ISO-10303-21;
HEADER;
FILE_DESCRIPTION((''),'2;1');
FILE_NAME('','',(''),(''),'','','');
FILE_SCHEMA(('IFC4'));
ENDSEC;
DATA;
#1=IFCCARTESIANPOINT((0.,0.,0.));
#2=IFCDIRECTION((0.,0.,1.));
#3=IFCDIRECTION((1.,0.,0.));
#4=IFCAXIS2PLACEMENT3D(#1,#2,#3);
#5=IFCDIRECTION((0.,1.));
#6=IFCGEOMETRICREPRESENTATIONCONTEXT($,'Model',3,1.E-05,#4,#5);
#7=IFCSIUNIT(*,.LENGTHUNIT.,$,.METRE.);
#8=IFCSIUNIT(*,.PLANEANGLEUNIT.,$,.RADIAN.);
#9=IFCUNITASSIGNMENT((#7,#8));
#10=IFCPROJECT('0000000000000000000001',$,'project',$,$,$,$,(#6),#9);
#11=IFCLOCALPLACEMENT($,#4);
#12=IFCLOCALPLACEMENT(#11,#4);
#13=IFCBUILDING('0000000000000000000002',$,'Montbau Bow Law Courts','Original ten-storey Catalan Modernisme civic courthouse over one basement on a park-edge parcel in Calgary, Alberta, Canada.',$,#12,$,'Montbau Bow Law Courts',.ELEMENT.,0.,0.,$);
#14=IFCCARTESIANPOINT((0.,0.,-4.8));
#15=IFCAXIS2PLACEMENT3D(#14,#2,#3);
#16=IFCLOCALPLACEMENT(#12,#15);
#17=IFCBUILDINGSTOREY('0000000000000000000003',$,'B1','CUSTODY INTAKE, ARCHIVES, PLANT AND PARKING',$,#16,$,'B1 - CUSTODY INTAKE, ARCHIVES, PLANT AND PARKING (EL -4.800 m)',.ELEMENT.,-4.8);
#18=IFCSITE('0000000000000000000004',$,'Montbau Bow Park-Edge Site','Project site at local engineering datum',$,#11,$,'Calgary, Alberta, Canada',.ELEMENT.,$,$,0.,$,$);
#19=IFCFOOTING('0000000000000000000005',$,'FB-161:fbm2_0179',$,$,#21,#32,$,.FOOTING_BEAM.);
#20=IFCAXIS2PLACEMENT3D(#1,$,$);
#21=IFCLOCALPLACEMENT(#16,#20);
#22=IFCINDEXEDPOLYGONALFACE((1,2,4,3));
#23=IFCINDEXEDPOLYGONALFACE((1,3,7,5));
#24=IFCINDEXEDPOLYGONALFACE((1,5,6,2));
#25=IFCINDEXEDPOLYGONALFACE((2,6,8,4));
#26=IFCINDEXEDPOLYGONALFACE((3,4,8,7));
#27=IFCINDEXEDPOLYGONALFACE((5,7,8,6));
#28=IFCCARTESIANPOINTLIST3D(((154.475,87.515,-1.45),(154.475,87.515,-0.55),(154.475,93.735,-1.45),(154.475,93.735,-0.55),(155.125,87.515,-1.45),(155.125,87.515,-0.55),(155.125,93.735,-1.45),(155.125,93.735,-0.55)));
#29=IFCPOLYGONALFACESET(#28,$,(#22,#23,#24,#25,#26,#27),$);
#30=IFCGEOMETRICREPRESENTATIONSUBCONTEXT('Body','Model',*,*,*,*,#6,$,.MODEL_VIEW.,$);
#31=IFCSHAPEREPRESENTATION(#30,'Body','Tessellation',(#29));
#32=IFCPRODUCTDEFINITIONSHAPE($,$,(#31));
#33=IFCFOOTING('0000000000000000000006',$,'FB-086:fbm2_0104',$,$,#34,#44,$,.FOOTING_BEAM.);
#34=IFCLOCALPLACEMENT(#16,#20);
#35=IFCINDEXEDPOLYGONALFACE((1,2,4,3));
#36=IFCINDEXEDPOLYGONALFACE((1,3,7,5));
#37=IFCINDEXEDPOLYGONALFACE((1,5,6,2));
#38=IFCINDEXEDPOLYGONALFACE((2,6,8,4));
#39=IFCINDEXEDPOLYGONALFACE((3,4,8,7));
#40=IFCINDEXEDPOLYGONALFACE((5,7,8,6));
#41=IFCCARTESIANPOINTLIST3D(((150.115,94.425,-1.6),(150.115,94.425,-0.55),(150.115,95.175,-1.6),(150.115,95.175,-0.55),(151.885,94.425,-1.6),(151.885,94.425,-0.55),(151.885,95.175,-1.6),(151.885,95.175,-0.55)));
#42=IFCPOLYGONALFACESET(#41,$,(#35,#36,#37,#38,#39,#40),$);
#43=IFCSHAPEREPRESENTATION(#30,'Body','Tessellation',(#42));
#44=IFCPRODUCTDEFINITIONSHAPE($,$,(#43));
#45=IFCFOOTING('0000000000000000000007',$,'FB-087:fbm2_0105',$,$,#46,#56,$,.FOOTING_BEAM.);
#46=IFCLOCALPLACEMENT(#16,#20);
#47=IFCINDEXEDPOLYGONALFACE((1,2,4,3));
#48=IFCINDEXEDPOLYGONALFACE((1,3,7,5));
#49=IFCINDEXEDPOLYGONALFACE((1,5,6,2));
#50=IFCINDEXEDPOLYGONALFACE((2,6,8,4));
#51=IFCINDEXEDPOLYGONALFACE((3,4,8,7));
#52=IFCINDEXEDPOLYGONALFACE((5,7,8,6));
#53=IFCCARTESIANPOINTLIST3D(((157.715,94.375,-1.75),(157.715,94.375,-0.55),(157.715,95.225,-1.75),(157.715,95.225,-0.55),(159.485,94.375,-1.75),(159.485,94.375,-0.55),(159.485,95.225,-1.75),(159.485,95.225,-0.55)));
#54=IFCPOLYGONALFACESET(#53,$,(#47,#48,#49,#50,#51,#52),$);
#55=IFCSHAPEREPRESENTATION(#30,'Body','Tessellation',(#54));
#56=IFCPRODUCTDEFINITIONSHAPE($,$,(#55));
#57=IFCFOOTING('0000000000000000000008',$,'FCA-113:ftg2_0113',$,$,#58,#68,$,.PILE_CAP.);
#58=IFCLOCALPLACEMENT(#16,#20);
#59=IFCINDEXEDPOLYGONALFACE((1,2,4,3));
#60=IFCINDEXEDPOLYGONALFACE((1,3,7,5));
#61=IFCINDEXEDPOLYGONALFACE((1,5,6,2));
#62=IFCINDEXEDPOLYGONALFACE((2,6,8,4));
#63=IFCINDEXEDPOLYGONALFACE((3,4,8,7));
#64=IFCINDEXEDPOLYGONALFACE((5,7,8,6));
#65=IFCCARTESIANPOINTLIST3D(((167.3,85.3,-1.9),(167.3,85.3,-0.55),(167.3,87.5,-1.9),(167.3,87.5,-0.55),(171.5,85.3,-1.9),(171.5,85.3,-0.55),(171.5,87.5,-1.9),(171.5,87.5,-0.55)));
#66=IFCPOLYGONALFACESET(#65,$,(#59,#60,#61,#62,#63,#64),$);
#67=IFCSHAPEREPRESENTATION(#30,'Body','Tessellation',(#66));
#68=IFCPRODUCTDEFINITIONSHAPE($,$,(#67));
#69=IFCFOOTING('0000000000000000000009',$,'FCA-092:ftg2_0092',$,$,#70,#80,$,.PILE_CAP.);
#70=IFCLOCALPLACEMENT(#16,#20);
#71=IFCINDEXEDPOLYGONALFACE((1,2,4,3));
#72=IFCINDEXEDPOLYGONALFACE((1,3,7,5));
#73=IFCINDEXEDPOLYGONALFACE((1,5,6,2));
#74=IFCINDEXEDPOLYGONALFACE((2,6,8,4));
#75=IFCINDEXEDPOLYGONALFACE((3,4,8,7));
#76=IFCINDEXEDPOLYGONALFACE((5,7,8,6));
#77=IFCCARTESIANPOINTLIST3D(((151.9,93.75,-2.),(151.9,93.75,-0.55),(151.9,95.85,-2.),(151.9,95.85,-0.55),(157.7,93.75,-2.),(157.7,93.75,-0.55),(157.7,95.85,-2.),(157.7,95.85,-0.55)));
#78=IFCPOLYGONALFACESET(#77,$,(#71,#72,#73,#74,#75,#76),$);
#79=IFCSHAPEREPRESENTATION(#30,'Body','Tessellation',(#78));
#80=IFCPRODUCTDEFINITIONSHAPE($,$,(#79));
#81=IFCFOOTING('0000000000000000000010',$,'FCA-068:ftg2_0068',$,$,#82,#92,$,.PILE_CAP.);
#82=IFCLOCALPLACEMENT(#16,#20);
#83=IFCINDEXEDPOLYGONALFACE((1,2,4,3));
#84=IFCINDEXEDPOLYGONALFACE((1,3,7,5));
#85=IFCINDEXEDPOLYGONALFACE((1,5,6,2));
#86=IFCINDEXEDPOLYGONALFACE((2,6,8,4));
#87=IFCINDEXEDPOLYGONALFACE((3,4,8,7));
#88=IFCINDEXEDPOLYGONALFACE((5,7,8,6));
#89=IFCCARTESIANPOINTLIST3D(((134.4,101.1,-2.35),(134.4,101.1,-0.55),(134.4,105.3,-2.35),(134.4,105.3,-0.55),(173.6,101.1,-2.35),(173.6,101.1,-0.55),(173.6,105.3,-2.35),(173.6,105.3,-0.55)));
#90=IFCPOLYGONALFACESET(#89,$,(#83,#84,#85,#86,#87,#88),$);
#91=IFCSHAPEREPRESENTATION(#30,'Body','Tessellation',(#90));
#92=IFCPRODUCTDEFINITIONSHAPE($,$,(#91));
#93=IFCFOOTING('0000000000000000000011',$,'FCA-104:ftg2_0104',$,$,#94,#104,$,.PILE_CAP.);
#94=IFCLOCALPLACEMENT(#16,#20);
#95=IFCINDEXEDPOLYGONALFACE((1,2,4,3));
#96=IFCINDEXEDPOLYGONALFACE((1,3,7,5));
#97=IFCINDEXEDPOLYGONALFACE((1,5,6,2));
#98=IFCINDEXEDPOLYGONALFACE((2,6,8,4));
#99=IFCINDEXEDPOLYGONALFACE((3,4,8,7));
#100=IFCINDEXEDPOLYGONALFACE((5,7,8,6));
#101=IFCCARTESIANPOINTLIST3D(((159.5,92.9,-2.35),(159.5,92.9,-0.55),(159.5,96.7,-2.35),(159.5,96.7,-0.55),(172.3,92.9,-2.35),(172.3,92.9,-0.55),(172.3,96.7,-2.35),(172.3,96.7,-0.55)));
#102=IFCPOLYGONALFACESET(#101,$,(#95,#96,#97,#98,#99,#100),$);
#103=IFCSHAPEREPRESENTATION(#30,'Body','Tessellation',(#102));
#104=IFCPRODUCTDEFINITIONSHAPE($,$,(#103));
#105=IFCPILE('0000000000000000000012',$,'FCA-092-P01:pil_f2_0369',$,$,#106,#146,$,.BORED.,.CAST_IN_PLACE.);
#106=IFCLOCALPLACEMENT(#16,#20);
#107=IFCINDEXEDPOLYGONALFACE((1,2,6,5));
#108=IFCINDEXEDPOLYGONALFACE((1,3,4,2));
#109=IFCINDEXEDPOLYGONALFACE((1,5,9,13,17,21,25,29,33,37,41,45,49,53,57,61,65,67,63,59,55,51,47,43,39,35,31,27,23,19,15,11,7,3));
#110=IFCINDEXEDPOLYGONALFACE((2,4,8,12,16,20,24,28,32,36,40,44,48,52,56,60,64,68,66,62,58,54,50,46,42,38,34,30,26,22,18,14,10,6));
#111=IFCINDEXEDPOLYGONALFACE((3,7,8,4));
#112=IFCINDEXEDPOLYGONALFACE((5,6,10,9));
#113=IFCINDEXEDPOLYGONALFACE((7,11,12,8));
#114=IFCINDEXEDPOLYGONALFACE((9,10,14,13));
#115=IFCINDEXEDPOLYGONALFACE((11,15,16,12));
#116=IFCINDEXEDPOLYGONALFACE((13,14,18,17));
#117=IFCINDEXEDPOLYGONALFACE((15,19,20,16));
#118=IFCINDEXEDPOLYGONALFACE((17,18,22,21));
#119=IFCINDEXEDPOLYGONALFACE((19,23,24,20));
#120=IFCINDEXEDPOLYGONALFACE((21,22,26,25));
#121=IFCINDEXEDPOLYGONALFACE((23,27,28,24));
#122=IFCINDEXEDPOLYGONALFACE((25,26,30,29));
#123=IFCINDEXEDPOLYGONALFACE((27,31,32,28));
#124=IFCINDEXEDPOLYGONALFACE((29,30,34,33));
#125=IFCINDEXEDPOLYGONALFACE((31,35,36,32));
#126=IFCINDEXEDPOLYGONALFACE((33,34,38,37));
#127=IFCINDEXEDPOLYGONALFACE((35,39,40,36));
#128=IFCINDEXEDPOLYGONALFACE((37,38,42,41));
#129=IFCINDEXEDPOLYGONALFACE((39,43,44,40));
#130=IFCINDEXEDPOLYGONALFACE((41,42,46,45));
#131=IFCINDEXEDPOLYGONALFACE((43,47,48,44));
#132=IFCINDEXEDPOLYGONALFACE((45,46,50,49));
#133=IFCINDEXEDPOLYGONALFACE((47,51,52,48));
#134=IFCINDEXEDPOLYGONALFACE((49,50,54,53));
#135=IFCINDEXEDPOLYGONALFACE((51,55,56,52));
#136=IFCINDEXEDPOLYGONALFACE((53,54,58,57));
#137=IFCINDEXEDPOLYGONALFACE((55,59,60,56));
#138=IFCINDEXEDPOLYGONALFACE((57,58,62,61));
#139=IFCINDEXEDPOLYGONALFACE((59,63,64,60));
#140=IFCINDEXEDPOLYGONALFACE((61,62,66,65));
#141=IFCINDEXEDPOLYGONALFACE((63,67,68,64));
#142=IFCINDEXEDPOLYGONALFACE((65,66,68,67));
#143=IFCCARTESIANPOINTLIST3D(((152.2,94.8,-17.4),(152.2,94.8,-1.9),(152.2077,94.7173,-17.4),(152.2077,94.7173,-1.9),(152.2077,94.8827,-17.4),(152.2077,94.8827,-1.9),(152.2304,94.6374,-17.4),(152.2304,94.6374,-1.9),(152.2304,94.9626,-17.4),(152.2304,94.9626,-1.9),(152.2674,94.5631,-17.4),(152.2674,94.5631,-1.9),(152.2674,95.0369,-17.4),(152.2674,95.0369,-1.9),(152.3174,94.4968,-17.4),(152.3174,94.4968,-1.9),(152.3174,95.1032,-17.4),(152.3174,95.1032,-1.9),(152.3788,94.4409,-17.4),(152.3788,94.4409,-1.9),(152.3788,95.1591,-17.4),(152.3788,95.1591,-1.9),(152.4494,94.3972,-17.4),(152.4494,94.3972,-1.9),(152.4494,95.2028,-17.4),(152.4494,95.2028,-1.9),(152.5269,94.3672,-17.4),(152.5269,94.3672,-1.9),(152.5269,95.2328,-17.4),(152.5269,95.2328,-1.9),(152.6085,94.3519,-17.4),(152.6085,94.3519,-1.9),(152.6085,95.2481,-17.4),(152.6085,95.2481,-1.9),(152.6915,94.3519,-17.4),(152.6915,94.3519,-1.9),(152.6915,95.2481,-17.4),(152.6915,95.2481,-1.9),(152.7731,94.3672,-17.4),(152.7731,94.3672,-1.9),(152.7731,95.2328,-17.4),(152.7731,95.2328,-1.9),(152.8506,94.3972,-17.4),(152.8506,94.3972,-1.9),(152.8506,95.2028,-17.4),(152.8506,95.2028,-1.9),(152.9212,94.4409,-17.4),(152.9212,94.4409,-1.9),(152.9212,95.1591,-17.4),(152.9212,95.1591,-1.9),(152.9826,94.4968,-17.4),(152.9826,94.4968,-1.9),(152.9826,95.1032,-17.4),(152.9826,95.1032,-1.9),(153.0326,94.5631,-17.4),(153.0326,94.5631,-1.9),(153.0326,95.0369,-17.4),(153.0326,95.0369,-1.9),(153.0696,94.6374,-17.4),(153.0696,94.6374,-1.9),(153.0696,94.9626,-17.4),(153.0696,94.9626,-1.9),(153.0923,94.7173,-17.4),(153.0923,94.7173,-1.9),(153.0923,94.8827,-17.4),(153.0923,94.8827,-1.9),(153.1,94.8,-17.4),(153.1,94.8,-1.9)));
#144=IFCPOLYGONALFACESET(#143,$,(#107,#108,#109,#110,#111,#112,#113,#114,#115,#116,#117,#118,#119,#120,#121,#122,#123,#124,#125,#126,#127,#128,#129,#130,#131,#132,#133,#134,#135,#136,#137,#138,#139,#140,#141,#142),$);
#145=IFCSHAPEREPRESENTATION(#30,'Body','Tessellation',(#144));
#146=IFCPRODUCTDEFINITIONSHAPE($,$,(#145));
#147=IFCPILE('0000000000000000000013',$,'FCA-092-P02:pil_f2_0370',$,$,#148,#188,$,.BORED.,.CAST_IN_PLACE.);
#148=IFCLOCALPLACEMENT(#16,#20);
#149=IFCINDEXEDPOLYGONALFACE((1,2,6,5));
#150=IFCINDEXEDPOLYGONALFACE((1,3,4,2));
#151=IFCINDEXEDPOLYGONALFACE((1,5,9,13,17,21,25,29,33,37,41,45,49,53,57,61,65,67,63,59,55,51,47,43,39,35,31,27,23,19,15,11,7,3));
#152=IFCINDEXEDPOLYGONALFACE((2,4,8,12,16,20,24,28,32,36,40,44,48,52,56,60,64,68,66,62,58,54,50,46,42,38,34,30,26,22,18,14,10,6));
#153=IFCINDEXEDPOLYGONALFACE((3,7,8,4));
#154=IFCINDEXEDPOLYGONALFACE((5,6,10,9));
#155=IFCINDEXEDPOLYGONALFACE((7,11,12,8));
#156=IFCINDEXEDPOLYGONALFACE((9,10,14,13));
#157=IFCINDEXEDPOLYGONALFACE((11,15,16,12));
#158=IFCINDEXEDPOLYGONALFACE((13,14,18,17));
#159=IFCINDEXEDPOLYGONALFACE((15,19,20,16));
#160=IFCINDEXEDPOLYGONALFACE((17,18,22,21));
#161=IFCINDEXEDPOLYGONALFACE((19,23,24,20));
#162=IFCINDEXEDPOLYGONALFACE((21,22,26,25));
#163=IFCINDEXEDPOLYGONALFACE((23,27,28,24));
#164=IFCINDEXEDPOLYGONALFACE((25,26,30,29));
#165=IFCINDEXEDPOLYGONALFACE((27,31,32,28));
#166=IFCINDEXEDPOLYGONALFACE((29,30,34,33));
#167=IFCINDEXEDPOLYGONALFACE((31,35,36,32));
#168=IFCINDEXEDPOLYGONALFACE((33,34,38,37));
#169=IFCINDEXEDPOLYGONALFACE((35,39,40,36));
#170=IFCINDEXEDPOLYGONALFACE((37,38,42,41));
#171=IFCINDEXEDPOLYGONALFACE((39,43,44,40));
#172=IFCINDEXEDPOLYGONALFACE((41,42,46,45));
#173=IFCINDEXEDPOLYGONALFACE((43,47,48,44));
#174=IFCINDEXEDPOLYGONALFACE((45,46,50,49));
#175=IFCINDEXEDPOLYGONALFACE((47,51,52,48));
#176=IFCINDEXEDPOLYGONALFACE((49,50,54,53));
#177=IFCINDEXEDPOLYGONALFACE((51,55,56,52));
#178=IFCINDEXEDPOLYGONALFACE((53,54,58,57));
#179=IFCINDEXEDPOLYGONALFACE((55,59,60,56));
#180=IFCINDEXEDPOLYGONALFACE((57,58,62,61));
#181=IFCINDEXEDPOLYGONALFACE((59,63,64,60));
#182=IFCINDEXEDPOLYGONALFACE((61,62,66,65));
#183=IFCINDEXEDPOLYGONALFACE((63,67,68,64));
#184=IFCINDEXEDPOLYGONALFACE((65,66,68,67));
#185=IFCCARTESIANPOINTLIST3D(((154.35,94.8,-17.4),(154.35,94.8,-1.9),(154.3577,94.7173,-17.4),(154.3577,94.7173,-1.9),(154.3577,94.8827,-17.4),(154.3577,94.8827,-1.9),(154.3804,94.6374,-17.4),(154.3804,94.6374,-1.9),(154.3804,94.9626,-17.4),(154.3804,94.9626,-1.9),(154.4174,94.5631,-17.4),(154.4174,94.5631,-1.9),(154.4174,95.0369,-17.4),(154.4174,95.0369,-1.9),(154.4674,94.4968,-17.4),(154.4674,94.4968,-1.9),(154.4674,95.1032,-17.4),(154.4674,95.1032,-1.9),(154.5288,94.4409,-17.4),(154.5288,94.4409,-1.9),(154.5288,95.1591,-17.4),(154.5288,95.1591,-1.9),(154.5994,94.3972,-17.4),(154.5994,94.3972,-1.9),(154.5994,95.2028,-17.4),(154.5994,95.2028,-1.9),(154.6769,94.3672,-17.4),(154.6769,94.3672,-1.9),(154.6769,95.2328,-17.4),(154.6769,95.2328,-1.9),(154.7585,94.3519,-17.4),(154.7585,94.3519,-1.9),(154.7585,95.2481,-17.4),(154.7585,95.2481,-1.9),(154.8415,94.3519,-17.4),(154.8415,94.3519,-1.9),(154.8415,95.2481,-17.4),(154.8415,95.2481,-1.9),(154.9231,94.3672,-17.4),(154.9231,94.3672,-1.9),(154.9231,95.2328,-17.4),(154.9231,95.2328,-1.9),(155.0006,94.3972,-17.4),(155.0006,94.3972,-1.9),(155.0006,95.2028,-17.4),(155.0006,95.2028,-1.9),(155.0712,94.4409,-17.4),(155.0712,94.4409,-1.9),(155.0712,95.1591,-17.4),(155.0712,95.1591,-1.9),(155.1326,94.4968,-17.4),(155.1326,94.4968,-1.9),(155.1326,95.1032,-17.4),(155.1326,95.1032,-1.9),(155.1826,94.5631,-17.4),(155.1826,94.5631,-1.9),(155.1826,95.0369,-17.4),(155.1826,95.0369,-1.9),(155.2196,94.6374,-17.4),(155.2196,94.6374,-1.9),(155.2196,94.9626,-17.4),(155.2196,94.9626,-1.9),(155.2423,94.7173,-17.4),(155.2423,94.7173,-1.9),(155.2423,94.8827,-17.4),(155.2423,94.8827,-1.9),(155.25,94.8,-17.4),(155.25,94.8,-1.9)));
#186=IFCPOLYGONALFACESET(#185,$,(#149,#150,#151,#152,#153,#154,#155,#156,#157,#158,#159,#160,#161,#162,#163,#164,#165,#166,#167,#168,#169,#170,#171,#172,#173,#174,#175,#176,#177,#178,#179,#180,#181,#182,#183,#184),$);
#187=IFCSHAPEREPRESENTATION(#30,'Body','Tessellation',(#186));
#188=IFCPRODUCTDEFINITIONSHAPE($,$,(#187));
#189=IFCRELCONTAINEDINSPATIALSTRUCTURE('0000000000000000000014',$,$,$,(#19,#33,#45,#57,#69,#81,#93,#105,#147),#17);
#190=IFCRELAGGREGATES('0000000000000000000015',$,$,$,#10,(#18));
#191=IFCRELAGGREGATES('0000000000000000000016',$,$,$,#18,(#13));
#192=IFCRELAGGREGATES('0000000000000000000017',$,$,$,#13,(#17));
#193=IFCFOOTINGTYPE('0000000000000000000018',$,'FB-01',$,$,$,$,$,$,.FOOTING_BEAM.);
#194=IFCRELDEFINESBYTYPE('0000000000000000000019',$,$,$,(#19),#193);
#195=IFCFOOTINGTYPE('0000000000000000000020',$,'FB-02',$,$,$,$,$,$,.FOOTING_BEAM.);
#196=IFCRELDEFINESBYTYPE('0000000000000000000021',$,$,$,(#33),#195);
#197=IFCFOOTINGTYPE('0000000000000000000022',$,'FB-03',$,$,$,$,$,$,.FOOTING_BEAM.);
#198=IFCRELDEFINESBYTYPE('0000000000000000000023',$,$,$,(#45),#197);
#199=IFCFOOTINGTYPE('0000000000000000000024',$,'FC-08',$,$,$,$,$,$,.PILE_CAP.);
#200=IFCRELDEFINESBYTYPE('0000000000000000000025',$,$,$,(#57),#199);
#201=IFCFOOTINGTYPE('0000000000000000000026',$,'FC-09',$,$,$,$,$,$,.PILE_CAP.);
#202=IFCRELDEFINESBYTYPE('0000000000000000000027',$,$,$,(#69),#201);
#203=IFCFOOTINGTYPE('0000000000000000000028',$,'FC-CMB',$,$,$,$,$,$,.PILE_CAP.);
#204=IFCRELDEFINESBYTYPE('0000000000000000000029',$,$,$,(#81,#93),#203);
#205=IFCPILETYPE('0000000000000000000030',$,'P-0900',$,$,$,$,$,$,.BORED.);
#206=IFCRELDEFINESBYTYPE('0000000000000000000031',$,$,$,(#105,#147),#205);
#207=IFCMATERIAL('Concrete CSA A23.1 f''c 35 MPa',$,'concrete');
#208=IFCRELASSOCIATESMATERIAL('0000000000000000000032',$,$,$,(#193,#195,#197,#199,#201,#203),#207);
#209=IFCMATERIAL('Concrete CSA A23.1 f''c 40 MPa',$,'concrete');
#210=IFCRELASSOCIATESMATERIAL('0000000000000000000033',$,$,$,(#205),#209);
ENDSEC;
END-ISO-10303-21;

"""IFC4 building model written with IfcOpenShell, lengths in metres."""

from ifc_helpers import new_model, si_unit, direction, frame, origin_with_axes, origin_2d_with_axis, place, context, subcontext, project, spatial, rectangle, circle, extrude, material, material_profile, profile_set, type_object, element, save


model = new_model("IFC4")

# Units and contexts
model_context = context("Model", 3, precision=1e-05, world=origin_with_axes(), true_north=direction((0.0, 1.0)))
body_context = subcontext(model_context, "Body", "Model", "MODEL_VIEW")
ifc_project = project(units=[si_unit("LENGTHUNIT", "METRE"), si_unit("PLANEANGLEUNIT", "RADIAN")], contexts=[model_context])

# Site, building, storey
site_placement = place(None, origin_with_axes())
site = spatial("IfcSite", under=ifc_project, at=site_placement, Name="Montbau Bow Park-Edge Site", Description="Project site at local engineering datum", LongName="Calgary, Alberta, Canada", CompositionType="ELEMENT", RefElevation=0.0)
building_placement = place(site_placement, origin_with_axes())
building = spatial("IfcBuilding", under=site, at=building_placement, Name="Montbau Bow Law Courts", Description="Original ten-storey Catalan Modernisme civic courthouse over one basement on a park-edge parcel in Calgary, Alberta, Canada.", LongName="Montbau Bow Law Courts", CompositionType="ELEMENT", ElevationOfRefHeight=0.0, ElevationOfTerrain=0.0)
storey_placement = place(building_placement, frame((0.0, 0.0, -4.8), z_axis=(0.0, 0.0, 1.0), x_axis=(1.0, 0.0, 0.0)))
storey = spatial("IfcBuildingStorey", under=building, at=storey_placement, Name="B1", Description="CUSTODY INTAKE, ARCHIVES, PLANT AND PARKING", LongName="B1 - CUSTODY INTAKE, ARCHIVES, PLANT AND PARKING (EL -4.800 m)", CompositionType="ELEMENT", Elevation=-4.8)

# Footings
ifc_material_1 = material(Name="Concrete CSA A23.1 f'c 35 MPa", Category="concrete")
footing_type_1 = type_object("IfcFootingType", Name="FB-01", PredefinedType="FOOTING_BEAM", material=ifc_material_1)
footing_1_placement = place(None, frame((154.8, 90.625, -6.25), z_axis=(0.0, 0.0, 1.0), x_axis=(0.0, 1.0, 0.0)))
element("IfcFooting", 1, at=footing_1_placement, inside=storey, type_object=footing_type_1, Name="FB-161:fbm2_0179", PredefinedType="FOOTING_BEAM", context=body_context, shape_type="SweptSolid", body=[
    extrude(rectangle(XDim=6.22, YDim=0.65, at=origin_2d_with_axis()), origin_with_axes(), (0.0, 0.0, 1.0), 0.9),
])
footing_type_2 = type_object("IfcFootingType", Name="FB-02", PredefinedType="FOOTING_BEAM", material=ifc_material_1)
footing_2_placement = place(None, frame((151.0, 94.8, -6.4), z_axis=(0.0, 0.0, 1.0), x_axis=(1.0, 0.0, 0.0)))
element("IfcFooting", 2, at=footing_2_placement, inside=storey, type_object=footing_type_2, Name="FB-086:fbm2_0104", PredefinedType="FOOTING_BEAM", context=body_context, shape_type="SweptSolid", body=[
    extrude(rectangle(XDim=1.77, YDim=0.75, at=origin_2d_with_axis()), origin_with_axes(), (0.0, 0.0, 1.0), 1.05),
])
footing_type_3 = type_object("IfcFootingType", Name="FB-03", PredefinedType="FOOTING_BEAM", material=ifc_material_1)
footing_3_placement = place(None, frame((158.6, 94.8, -6.55), z_axis=(0.0, 0.0, 1.0), x_axis=(1.0, 0.0, 0.0)))
element("IfcFooting", 3, at=footing_3_placement, inside=storey, type_object=footing_type_3, Name="FB-087:fbm2_0105", PredefinedType="FOOTING_BEAM", context=body_context, shape_type="SweptSolid", body=[
    extrude(rectangle(XDim=1.77, YDim=0.85, at=origin_2d_with_axis()), origin_with_axes(), (0.0, 0.0, 1.0), 1.2),
])
footing_type_4 = type_object("IfcFootingType", Name="FC-08", PredefinedType="PILE_CAP", material=ifc_material_1)
footing_4_placement = place(None, frame((169.4, 86.4, -6.7), z_axis=(0.0, 0.0, 1.0), x_axis=(1.0, 0.0, 0.0)))
element("IfcFooting", 4, at=footing_4_placement, inside=storey, type_object=footing_type_4, Name="FCA-113:ftg2_0113", PredefinedType="PILE_CAP", context=body_context, shape_type="SweptSolid", body=[
    extrude(rectangle(XDim=4.2, YDim=2.2, at=origin_2d_with_axis()), origin_with_axes(), (0.0, 0.0, 1.0), 1.35),
])
footing_type_5 = type_object("IfcFootingType", Name="FC-09", PredefinedType="PILE_CAP", material=ifc_material_1)
footing_5_placement = place(None, frame((154.8, 94.8, -6.8), z_axis=(0.0, 0.0, 1.0), x_axis=(1.0, 0.0, 0.0)))
element("IfcFooting", 5, at=footing_5_placement, inside=storey, type_object=footing_type_5, Name="FCA-092:ftg2_0092", PredefinedType="PILE_CAP", context=body_context, shape_type="SweptSolid", body=[
    extrude(rectangle(XDim=5.8, YDim=2.1, at=origin_2d_with_axis()), origin_with_axes(), (0.0, 0.0, 1.0), 1.45),
])
footing_type_6 = type_object("IfcFootingType", Name="FC-CMB", PredefinedType="PILE_CAP", material=ifc_material_1)
footing_6_placement = place(None, frame((154.0, 103.2, -7.15), z_axis=(0.0, 0.0, 1.0), x_axis=(1.0, 0.0, 0.0)))
element("IfcFooting", 6, at=footing_6_placement, inside=storey, type_object=footing_type_6, Name="FCA-068:ftg2_0068", PredefinedType="PILE_CAP", context=body_context, shape_type="SweptSolid", body=[
    extrude(rectangle(XDim=39.2, YDim=4.2, at=origin_2d_with_axis()), origin_with_axes(), (0.0, 0.0, 1.0), 1.8),
])
footing_7_placement = place(None, frame((165.9, 94.8, -7.15), z_axis=(0.0, 0.0, 1.0), x_axis=(1.0, 0.0, 0.0)))
element("IfcFooting", 7, at=footing_7_placement, inside=storey, type_object=footing_type_6, Name="FCA-104:ftg2_0104", PredefinedType="PILE_CAP", context=body_context, shape_type="SweptSolid", body=[
    extrude(rectangle(XDim=12.8, YDim=3.8, at=origin_2d_with_axis()), origin_with_axes(), (0.0, 0.0, 1.0), 1.8),
])

# Piles
ifc_material_2 = material(Name="Concrete CSA A23.1 f'c 40 MPa", Category="concrete")
ifc_material_profile_1 = material_profile(ifc_material_2, circle(Radius=0.45, at=origin_2d_with_axis()), Name="BP900", Category="Main", Priority=0)
ifc_profile_set_1 = profile_set([ifc_material_profile_1], Name="Concrete CSA A23.1 f'c 40 MPa")
pile_type_1 = type_object("IfcPileType", Name="P-0900", PredefinedType="BORED", material=ifc_profile_set_1)
for number, where, z_axis, x_axis, name in (
    (8, (152.65, 94.8, -22.2), (0.0, 0.0, 1.0), (1.0, 0.0, 0.0), "FCA-092-P01:pil_f2_0369"),
    (9, (154.8, 94.8, -22.2), (0.0, 0.0, 1.0), (1.0, 0.0, 0.0), "FCA-092-P02:pil_f2_0370"),
):
    element("IfcPile", number, at=place(None, frame(where, z_axis=z_axis, x_axis=x_axis)), inside=storey, type_object=pile_type_1, Name=name, ConstructionType="CAST_IN_PLACE", PredefinedType="BORED", context=body_context, shape_type="SweptSolid", body=[
        extrude(circle(Radius=0.45, at=origin_2d_with_axis()), origin_with_axes(), (0.0, 0.0, 1.0), 15.5),
    ])

save(model, "model.ifc")
